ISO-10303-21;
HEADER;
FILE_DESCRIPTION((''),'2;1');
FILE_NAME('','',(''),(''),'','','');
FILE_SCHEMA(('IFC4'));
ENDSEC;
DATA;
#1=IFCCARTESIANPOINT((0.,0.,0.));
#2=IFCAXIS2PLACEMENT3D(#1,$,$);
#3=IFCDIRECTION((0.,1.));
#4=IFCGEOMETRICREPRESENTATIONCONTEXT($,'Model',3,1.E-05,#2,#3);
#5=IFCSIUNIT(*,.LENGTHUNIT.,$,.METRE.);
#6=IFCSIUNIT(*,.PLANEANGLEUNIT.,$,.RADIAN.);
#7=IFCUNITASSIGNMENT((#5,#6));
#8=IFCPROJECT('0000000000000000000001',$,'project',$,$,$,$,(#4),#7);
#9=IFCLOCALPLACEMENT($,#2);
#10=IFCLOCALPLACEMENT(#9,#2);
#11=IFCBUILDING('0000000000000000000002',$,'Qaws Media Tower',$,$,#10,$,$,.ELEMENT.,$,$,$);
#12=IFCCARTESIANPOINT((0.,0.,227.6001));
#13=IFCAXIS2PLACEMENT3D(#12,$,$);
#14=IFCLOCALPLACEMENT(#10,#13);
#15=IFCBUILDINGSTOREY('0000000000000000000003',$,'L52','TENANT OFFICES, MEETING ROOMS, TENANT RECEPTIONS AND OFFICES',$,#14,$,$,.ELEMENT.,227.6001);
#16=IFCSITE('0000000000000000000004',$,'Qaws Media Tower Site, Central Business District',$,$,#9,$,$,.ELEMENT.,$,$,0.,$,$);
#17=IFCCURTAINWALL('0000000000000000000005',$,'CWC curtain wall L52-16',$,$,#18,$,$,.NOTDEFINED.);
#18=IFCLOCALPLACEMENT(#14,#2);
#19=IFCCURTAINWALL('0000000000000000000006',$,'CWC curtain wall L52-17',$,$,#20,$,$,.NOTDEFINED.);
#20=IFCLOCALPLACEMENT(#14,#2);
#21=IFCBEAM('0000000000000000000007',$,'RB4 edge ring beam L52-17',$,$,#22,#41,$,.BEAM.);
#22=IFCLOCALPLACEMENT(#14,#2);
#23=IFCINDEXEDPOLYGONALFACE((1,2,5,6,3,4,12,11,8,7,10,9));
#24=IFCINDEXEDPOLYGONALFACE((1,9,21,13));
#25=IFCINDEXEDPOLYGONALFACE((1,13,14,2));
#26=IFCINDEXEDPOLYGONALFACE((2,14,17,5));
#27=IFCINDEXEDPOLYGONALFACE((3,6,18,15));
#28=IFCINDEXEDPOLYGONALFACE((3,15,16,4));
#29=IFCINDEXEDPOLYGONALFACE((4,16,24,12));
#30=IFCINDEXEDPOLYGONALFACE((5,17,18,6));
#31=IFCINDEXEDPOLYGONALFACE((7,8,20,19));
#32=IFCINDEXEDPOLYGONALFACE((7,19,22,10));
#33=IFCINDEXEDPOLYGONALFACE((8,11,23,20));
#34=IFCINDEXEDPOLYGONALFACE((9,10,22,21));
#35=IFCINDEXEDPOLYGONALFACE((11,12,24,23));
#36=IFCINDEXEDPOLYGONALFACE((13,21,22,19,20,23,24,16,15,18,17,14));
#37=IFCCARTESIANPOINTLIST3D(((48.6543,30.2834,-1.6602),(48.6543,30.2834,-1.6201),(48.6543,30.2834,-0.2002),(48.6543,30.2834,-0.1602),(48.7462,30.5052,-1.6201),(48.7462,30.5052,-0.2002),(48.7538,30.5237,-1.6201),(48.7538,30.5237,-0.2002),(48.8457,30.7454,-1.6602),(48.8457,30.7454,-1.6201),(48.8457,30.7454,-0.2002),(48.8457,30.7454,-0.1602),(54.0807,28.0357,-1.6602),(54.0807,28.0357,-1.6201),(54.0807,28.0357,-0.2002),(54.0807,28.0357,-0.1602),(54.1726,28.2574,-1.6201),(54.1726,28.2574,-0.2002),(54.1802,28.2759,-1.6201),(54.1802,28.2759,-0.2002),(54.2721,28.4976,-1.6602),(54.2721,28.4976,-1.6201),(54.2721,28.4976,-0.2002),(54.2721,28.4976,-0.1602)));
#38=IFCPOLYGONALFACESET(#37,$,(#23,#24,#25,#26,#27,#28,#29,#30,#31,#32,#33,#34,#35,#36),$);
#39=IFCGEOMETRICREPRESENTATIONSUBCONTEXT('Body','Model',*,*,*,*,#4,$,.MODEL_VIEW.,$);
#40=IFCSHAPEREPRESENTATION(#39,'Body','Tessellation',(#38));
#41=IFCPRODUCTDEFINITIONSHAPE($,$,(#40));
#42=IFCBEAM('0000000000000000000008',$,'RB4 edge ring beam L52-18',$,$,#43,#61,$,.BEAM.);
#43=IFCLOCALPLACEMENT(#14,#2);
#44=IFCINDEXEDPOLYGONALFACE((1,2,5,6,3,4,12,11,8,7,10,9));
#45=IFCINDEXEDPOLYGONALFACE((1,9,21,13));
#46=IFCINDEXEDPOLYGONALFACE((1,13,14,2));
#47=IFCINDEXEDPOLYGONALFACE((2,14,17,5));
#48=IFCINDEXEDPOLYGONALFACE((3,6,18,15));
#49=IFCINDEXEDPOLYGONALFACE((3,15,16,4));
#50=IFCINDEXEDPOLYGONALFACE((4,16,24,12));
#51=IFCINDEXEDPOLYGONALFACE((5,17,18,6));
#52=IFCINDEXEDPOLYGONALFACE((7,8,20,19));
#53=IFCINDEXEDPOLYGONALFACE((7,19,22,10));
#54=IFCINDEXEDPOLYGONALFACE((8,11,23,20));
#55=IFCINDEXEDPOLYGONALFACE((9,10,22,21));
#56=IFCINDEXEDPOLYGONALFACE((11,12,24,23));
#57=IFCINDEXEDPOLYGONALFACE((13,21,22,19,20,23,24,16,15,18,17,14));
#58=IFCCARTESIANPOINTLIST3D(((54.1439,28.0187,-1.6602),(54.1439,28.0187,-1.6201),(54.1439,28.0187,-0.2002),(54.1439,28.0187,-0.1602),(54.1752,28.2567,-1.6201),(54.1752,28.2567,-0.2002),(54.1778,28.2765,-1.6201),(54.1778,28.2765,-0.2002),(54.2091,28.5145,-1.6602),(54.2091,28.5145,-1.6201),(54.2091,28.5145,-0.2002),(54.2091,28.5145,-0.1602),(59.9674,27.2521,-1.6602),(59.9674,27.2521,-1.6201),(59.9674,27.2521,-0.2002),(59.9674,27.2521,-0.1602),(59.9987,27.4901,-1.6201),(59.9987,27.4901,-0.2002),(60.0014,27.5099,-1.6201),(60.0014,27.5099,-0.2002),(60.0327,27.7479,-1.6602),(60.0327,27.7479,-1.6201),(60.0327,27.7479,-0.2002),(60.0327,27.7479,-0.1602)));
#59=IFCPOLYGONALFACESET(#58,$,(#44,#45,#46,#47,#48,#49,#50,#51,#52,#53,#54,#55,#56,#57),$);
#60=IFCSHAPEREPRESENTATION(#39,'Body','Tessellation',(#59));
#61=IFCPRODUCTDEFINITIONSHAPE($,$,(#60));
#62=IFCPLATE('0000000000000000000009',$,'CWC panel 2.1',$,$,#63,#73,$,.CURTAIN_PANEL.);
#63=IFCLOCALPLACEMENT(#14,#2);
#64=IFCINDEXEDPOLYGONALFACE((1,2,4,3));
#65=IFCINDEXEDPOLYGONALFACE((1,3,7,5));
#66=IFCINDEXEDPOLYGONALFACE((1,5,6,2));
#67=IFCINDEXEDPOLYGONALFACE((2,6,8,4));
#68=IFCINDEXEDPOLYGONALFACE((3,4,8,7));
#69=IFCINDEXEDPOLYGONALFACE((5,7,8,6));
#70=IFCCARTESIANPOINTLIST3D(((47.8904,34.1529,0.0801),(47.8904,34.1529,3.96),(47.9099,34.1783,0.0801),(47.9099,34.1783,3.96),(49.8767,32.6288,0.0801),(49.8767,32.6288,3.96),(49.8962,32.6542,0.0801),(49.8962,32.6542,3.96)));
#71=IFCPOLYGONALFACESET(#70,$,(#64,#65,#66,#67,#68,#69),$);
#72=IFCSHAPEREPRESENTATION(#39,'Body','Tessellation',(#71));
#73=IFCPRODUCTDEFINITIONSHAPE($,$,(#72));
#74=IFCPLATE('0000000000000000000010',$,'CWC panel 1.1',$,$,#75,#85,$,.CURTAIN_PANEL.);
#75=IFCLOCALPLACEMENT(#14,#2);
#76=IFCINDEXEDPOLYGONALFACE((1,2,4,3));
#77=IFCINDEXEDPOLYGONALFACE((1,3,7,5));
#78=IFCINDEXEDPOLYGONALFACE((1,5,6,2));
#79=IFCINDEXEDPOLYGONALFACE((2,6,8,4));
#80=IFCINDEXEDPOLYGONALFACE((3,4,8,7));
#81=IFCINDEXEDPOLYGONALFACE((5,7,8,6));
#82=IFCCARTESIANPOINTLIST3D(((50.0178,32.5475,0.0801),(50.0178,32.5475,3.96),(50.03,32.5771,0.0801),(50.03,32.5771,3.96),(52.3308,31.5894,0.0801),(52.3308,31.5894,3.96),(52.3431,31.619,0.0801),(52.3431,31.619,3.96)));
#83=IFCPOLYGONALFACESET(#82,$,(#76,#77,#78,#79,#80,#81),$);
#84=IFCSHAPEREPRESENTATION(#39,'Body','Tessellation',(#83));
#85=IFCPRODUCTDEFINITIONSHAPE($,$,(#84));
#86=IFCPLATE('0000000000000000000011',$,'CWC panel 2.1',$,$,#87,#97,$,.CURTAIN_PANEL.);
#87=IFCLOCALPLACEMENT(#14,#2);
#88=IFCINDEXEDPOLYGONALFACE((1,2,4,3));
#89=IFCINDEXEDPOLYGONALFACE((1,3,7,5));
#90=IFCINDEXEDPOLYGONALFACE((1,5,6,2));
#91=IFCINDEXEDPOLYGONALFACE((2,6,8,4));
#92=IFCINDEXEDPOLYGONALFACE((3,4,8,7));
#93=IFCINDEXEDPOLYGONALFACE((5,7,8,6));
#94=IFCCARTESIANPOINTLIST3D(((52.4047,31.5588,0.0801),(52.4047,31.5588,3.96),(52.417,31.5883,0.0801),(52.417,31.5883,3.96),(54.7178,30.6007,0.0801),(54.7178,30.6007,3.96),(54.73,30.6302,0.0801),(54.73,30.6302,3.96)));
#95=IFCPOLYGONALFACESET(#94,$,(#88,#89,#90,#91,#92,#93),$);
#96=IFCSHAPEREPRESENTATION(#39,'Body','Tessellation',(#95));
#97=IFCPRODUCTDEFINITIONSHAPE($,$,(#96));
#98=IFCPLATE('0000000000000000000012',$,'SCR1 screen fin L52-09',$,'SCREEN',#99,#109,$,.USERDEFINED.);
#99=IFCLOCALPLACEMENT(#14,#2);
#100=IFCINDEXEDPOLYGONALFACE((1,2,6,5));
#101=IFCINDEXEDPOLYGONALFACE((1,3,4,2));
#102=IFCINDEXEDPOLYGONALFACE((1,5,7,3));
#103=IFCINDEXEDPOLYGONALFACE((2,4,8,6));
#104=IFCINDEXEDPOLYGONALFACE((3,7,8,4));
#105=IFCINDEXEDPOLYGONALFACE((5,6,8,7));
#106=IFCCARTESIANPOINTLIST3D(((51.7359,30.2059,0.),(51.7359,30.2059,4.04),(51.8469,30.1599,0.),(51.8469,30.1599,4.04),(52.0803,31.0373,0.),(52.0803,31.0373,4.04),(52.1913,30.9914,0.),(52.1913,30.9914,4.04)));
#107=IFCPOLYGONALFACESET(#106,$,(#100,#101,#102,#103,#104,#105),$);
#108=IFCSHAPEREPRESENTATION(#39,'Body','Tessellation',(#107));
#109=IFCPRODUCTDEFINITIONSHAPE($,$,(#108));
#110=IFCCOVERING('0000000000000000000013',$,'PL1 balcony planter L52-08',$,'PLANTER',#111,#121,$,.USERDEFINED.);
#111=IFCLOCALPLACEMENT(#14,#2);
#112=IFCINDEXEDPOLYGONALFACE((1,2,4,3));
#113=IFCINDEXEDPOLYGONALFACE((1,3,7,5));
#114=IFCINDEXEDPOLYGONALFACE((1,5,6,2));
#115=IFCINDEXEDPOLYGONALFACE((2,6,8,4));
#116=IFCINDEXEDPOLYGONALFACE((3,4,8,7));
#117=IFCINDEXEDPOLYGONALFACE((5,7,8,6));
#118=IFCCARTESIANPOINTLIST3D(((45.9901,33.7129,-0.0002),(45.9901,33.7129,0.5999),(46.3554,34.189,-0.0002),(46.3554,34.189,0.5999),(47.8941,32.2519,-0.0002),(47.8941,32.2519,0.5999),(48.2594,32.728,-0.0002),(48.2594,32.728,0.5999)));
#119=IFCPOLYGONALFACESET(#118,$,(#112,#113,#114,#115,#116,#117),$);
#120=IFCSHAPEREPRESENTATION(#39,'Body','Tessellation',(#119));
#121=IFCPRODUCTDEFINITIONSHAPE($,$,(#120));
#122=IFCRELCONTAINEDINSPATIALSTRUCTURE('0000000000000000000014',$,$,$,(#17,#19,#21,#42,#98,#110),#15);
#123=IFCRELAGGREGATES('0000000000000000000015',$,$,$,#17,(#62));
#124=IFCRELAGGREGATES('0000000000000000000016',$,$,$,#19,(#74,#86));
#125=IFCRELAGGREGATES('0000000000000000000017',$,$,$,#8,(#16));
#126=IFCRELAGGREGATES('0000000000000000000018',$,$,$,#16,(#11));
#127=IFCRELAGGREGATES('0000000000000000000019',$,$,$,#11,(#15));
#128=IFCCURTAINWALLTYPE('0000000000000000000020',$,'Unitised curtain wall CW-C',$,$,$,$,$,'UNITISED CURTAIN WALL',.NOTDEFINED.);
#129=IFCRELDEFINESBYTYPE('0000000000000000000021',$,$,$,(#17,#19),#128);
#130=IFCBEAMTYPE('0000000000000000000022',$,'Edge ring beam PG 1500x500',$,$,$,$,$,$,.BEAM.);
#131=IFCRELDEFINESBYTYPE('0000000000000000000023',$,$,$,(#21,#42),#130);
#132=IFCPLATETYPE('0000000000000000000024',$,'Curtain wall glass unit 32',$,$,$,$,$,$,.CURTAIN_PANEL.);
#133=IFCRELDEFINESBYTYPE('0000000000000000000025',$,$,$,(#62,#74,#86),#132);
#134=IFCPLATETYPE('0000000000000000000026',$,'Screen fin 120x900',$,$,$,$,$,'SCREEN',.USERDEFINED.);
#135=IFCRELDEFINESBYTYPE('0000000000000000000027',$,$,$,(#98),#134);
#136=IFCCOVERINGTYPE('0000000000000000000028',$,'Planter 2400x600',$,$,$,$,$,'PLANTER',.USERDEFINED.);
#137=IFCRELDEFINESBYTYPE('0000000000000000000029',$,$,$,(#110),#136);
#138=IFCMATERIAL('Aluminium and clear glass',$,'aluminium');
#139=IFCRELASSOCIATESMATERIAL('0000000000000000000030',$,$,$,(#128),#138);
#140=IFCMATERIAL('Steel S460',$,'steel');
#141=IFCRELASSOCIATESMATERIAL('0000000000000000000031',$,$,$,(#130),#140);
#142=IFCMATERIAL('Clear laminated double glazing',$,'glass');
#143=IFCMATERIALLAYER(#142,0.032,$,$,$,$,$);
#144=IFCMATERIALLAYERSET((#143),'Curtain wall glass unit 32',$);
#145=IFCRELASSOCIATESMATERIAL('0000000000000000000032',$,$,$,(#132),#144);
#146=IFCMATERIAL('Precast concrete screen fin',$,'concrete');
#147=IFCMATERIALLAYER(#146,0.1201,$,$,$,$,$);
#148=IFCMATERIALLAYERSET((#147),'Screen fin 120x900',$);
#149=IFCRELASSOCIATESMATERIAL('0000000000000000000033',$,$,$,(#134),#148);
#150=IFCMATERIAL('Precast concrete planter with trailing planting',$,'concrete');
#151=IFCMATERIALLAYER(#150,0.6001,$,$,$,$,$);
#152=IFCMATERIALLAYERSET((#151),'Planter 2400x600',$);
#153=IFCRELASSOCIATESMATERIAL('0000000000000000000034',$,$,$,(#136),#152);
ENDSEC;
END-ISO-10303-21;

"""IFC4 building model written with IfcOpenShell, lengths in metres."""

from ifc_helpers import new_model, si_unit, direction, frame, origin, origin_2d, place, context, subcontext, project, spatial, rectangle, i_section, extrude, material, layer, layer_set, material_profile, profile_set, type_object, element, aggregate, save


model = new_model("IFC4")

# Units and contexts
model_context = context("Model", 3, precision=1e-05, world=origin(), true_north=direction((0.0, 1.0)))
body_context = subcontext(model_context, "Body", "Model", "MODEL_VIEW")
ifc_project = project(units=[si_unit("LENGTHUNIT", "METRE"), si_unit("PLANEANGLEUNIT", "RADIAN")], contexts=[model_context])

# Site, building, storey
site_placement = place(None, origin())
site = spatial("IfcSite", under=ifc_project, at=site_placement, Name="Qaws Media Tower Site, Central Business District", CompositionType="ELEMENT", RefElevation=0.0)
building_placement = place(site_placement, origin())
building = spatial("IfcBuilding", under=site, at=building_placement, Name="Qaws Media Tower", CompositionType="ELEMENT")
storey_placement = place(building_placement, frame((0.0, 0.0, 227.6001)))
storey = spatial("IfcBuildingStorey", under=building, at=storey_placement, Name="L52", Description="TENANT OFFICES, MEETING ROOMS, TENANT RECEPTIONS AND OFFICES", CompositionType="ELEMENT", Elevation=227.6001)

# Curtain walls
ifc_material_1 = material(Name="Aluminium and clear glass", Category="aluminium")
curtain_wall_type = type_object("IfcCurtainWallType", Name="Unitised curtain wall CW-C", ElementType="UNITISED CURTAIN WALL", PredefinedType="NOTDEFINED", material=ifc_material_1)
curtain_wall_1_placement = place(storey_placement, origin())
curtain_wall_1 = element("IfcCurtainWall", 1, at=curtain_wall_1_placement, inside=storey, type_object=curtain_wall_type, Name="CWC curtain wall L52-16", PredefinedType="NOTDEFINED")
curtain_wall_2_placement = place(storey_placement, origin())
curtain_wall_2 = element("IfcCurtainWall", 2, at=curtain_wall_2_placement, inside=storey, type_object=curtain_wall_type, Name="CWC curtain wall L52-17", PredefinedType="NOTDEFINED")

# Beams
ifc_material_2 = material(Name="Steel S460", Category="steel")
ifc_material_profile_1 = material_profile(ifc_material_2, i_section(OverallWidth=0.5, OverallDepth=1.5, WebThickness=0.02, FlangeThickness=0.04, at=origin_2d()), Name="PG 1500x500")
ifc_profile_set_1 = profile_set([ifc_material_profile_1], Name="Steel S460")
beam_type = type_object("IfcBeamType", Name="Edge ring beam PG 1500x500", PredefinedType="BEAM", material=ifc_profile_set_1)
beam_1_placement = place(storey_placement, frame((48.75, 30.5144, -0.9102), z_axis=(0.923875, -0.382693, 0.0), x_axis=(0.382693, 0.923875, 0.0)))
element("IfcBeam", 3, at=beam_1_placement, inside=storey, type_object=beam_type, Name="RB4 edge ring beam L52-17", PredefinedType="BEAM", context=body_context, shape_type="SweptSolid", body=[
    extrude(i_section(OverallWidth=0.5, OverallDepth=1.5, WebThickness=0.02, FlangeThickness=0.04, at=origin_2d()), origin(), (0.0, 0.0, 1.0), 5.8735),
])
beam_2_placement = place(storey_placement, frame((54.1765, 28.2666, -0.9102), z_axis=(0.991447, -0.130514, 0.0), x_axis=(0.130514, 0.991447, 0.0)))
element("IfcBeam", 4, at=beam_2_placement, inside=storey, type_object=beam_type, Name="RB4 edge ring beam L52-18", PredefinedType="BEAM", context=body_context, shape_type="SweptSolid", body=[
    extrude(i_section(OverallWidth=0.5, OverallDepth=1.5, WebThickness=0.02, FlangeThickness=0.04, at=origin_2d()), origin(), (0.0, 0.0, 1.0), 5.8738),
])

# Plates
ifc_material_3 = material(Name="Clear laminated double glazing", Category="glass")
ifc_layer_1 = layer(ifc_material_3, 0.032)
ifc_layer_set_1 = layer_set([ifc_layer_1], Name="Curtain wall glass unit 32")
plate_type_1 = type_object("IfcPlateType", Name="Curtain wall glass unit 32", PredefinedType="CURTAIN_PANEL", material=ifc_layer_set_1)
plate_1_placement = place(storey_placement, frame((48.8933, 33.4036, 0.0801), z_axis=(0.0, 0.0, 1.0), x_axis=(0.793353, -0.608762, 0.0)))
plate_1 = element("IfcPlate", 5, at=plate_1_placement, type_object=plate_type_1, Name="CWC panel 2.1", PredefinedType="CURTAIN_PANEL", context=body_context, shape_type="SweptSolid", body=[
    extrude(rectangle(XDim=2.5037, YDim=0.032, at=origin_2d()), origin(), (0.0, 0.0, 1.0), 3.8799),
])
aggregate(curtain_wall_1, [plate_1])
plate_2_placement = place(storey_placement, frame((51.1804, 32.0833, 0.0801), z_axis=(0.0, 0.0, 1.0), x_axis=(0.92388, -0.382683, 0.0)))
plate_2 = element("IfcPlate", 6, at=plate_2_placement, type_object=plate_type_1, Name="CWC panel 1.1", PredefinedType="CURTAIN_PANEL", context=body_context, shape_type="SweptSolid", body=[
    extrude(rectangle(XDim=2.5037, YDim=0.032, at=origin_2d()), origin(), (0.0, 0.0, 1.0), 3.8799),
])
plate_3_placement = place(storey_placement, frame((53.5674, 31.0945, 0.0801), z_axis=(0.0, 0.0, 1.0), x_axis=(0.92388, -0.382683, 0.0)))
plate_3 = element("IfcPlate", 7, at=plate_3_placement, type_object=plate_type_1, Name="CWC panel 2.1", PredefinedType="CURTAIN_PANEL", context=body_context, shape_type="SweptSolid", body=[
    extrude(rectangle(XDim=2.5037, YDim=0.032, at=origin_2d()), origin(), (0.0, 0.0, 1.0), 3.8799),
])
aggregate(curtain_wall_2, [plate_2, plate_3])
ifc_material_4 = material(Name="Precast concrete screen fin", Category="concrete")
ifc_layer_2 = layer(ifc_material_4, 0.1201)
ifc_layer_set_2 = layer_set([ifc_layer_2], Name="Screen fin 120x900")
plate_type_2 = type_object("IfcPlateType", Name="Screen fin 120x900", ElementType="SCREEN", PredefinedType="USERDEFINED", material=ifc_layer_set_2)
plate_4_placement = place(storey_placement, frame((51.9636, 30.5986, 0.0), z_axis=(0.0, 0.0, 1.0), x_axis=(-0.382683, -0.92388, 0.0)))
element("IfcPlate", 8, at=plate_4_placement, inside=storey, type_object=plate_type_2, Name="SCR1 screen fin L52-09", ObjectType="SCREEN", PredefinedType="USERDEFINED", context=body_context, shape_type="SweptSolid", body=[
    extrude(rectangle(XDim=0.8999, YDim=0.1201, at=origin_2d()), origin(), (0.0, 0.0, 1.0), 4.04),
])

# Covering
ifc_material_5 = material(Name="Precast concrete planter with trailing planting", Category="concrete")
ifc_layer_3 = layer(ifc_material_5, 0.6001)
ifc_layer_set_3 = layer_set([ifc_layer_3], Name="Planter 2400x600")
covering_type = type_object("IfcCoveringType", Name="Planter 2400x600", ElementType="PLANTER", PredefinedType="USERDEFINED", material=ifc_layer_set_3)
covering_placement = place(storey_placement, frame((47.1248, 33.2205, -0.0002), z_axis=(0.0, 0.0, 1.0), x_axis=(0.793353, -0.608761, 0.0)))
element("IfcCovering", 9, at=covering_placement, inside=storey, type_object=covering_type, Name="PL1 balcony planter L52-08", ObjectType="PLANTER", PredefinedType="USERDEFINED", context=body_context, shape_type="SweptSolid", body=[
    extrude(rectangle(XDim=2.3999, YDim=0.6001, at=origin_2d()), origin(), (0.0, 0.0, 1.0), 0.6001),
])

save(model, "model.ifc")
